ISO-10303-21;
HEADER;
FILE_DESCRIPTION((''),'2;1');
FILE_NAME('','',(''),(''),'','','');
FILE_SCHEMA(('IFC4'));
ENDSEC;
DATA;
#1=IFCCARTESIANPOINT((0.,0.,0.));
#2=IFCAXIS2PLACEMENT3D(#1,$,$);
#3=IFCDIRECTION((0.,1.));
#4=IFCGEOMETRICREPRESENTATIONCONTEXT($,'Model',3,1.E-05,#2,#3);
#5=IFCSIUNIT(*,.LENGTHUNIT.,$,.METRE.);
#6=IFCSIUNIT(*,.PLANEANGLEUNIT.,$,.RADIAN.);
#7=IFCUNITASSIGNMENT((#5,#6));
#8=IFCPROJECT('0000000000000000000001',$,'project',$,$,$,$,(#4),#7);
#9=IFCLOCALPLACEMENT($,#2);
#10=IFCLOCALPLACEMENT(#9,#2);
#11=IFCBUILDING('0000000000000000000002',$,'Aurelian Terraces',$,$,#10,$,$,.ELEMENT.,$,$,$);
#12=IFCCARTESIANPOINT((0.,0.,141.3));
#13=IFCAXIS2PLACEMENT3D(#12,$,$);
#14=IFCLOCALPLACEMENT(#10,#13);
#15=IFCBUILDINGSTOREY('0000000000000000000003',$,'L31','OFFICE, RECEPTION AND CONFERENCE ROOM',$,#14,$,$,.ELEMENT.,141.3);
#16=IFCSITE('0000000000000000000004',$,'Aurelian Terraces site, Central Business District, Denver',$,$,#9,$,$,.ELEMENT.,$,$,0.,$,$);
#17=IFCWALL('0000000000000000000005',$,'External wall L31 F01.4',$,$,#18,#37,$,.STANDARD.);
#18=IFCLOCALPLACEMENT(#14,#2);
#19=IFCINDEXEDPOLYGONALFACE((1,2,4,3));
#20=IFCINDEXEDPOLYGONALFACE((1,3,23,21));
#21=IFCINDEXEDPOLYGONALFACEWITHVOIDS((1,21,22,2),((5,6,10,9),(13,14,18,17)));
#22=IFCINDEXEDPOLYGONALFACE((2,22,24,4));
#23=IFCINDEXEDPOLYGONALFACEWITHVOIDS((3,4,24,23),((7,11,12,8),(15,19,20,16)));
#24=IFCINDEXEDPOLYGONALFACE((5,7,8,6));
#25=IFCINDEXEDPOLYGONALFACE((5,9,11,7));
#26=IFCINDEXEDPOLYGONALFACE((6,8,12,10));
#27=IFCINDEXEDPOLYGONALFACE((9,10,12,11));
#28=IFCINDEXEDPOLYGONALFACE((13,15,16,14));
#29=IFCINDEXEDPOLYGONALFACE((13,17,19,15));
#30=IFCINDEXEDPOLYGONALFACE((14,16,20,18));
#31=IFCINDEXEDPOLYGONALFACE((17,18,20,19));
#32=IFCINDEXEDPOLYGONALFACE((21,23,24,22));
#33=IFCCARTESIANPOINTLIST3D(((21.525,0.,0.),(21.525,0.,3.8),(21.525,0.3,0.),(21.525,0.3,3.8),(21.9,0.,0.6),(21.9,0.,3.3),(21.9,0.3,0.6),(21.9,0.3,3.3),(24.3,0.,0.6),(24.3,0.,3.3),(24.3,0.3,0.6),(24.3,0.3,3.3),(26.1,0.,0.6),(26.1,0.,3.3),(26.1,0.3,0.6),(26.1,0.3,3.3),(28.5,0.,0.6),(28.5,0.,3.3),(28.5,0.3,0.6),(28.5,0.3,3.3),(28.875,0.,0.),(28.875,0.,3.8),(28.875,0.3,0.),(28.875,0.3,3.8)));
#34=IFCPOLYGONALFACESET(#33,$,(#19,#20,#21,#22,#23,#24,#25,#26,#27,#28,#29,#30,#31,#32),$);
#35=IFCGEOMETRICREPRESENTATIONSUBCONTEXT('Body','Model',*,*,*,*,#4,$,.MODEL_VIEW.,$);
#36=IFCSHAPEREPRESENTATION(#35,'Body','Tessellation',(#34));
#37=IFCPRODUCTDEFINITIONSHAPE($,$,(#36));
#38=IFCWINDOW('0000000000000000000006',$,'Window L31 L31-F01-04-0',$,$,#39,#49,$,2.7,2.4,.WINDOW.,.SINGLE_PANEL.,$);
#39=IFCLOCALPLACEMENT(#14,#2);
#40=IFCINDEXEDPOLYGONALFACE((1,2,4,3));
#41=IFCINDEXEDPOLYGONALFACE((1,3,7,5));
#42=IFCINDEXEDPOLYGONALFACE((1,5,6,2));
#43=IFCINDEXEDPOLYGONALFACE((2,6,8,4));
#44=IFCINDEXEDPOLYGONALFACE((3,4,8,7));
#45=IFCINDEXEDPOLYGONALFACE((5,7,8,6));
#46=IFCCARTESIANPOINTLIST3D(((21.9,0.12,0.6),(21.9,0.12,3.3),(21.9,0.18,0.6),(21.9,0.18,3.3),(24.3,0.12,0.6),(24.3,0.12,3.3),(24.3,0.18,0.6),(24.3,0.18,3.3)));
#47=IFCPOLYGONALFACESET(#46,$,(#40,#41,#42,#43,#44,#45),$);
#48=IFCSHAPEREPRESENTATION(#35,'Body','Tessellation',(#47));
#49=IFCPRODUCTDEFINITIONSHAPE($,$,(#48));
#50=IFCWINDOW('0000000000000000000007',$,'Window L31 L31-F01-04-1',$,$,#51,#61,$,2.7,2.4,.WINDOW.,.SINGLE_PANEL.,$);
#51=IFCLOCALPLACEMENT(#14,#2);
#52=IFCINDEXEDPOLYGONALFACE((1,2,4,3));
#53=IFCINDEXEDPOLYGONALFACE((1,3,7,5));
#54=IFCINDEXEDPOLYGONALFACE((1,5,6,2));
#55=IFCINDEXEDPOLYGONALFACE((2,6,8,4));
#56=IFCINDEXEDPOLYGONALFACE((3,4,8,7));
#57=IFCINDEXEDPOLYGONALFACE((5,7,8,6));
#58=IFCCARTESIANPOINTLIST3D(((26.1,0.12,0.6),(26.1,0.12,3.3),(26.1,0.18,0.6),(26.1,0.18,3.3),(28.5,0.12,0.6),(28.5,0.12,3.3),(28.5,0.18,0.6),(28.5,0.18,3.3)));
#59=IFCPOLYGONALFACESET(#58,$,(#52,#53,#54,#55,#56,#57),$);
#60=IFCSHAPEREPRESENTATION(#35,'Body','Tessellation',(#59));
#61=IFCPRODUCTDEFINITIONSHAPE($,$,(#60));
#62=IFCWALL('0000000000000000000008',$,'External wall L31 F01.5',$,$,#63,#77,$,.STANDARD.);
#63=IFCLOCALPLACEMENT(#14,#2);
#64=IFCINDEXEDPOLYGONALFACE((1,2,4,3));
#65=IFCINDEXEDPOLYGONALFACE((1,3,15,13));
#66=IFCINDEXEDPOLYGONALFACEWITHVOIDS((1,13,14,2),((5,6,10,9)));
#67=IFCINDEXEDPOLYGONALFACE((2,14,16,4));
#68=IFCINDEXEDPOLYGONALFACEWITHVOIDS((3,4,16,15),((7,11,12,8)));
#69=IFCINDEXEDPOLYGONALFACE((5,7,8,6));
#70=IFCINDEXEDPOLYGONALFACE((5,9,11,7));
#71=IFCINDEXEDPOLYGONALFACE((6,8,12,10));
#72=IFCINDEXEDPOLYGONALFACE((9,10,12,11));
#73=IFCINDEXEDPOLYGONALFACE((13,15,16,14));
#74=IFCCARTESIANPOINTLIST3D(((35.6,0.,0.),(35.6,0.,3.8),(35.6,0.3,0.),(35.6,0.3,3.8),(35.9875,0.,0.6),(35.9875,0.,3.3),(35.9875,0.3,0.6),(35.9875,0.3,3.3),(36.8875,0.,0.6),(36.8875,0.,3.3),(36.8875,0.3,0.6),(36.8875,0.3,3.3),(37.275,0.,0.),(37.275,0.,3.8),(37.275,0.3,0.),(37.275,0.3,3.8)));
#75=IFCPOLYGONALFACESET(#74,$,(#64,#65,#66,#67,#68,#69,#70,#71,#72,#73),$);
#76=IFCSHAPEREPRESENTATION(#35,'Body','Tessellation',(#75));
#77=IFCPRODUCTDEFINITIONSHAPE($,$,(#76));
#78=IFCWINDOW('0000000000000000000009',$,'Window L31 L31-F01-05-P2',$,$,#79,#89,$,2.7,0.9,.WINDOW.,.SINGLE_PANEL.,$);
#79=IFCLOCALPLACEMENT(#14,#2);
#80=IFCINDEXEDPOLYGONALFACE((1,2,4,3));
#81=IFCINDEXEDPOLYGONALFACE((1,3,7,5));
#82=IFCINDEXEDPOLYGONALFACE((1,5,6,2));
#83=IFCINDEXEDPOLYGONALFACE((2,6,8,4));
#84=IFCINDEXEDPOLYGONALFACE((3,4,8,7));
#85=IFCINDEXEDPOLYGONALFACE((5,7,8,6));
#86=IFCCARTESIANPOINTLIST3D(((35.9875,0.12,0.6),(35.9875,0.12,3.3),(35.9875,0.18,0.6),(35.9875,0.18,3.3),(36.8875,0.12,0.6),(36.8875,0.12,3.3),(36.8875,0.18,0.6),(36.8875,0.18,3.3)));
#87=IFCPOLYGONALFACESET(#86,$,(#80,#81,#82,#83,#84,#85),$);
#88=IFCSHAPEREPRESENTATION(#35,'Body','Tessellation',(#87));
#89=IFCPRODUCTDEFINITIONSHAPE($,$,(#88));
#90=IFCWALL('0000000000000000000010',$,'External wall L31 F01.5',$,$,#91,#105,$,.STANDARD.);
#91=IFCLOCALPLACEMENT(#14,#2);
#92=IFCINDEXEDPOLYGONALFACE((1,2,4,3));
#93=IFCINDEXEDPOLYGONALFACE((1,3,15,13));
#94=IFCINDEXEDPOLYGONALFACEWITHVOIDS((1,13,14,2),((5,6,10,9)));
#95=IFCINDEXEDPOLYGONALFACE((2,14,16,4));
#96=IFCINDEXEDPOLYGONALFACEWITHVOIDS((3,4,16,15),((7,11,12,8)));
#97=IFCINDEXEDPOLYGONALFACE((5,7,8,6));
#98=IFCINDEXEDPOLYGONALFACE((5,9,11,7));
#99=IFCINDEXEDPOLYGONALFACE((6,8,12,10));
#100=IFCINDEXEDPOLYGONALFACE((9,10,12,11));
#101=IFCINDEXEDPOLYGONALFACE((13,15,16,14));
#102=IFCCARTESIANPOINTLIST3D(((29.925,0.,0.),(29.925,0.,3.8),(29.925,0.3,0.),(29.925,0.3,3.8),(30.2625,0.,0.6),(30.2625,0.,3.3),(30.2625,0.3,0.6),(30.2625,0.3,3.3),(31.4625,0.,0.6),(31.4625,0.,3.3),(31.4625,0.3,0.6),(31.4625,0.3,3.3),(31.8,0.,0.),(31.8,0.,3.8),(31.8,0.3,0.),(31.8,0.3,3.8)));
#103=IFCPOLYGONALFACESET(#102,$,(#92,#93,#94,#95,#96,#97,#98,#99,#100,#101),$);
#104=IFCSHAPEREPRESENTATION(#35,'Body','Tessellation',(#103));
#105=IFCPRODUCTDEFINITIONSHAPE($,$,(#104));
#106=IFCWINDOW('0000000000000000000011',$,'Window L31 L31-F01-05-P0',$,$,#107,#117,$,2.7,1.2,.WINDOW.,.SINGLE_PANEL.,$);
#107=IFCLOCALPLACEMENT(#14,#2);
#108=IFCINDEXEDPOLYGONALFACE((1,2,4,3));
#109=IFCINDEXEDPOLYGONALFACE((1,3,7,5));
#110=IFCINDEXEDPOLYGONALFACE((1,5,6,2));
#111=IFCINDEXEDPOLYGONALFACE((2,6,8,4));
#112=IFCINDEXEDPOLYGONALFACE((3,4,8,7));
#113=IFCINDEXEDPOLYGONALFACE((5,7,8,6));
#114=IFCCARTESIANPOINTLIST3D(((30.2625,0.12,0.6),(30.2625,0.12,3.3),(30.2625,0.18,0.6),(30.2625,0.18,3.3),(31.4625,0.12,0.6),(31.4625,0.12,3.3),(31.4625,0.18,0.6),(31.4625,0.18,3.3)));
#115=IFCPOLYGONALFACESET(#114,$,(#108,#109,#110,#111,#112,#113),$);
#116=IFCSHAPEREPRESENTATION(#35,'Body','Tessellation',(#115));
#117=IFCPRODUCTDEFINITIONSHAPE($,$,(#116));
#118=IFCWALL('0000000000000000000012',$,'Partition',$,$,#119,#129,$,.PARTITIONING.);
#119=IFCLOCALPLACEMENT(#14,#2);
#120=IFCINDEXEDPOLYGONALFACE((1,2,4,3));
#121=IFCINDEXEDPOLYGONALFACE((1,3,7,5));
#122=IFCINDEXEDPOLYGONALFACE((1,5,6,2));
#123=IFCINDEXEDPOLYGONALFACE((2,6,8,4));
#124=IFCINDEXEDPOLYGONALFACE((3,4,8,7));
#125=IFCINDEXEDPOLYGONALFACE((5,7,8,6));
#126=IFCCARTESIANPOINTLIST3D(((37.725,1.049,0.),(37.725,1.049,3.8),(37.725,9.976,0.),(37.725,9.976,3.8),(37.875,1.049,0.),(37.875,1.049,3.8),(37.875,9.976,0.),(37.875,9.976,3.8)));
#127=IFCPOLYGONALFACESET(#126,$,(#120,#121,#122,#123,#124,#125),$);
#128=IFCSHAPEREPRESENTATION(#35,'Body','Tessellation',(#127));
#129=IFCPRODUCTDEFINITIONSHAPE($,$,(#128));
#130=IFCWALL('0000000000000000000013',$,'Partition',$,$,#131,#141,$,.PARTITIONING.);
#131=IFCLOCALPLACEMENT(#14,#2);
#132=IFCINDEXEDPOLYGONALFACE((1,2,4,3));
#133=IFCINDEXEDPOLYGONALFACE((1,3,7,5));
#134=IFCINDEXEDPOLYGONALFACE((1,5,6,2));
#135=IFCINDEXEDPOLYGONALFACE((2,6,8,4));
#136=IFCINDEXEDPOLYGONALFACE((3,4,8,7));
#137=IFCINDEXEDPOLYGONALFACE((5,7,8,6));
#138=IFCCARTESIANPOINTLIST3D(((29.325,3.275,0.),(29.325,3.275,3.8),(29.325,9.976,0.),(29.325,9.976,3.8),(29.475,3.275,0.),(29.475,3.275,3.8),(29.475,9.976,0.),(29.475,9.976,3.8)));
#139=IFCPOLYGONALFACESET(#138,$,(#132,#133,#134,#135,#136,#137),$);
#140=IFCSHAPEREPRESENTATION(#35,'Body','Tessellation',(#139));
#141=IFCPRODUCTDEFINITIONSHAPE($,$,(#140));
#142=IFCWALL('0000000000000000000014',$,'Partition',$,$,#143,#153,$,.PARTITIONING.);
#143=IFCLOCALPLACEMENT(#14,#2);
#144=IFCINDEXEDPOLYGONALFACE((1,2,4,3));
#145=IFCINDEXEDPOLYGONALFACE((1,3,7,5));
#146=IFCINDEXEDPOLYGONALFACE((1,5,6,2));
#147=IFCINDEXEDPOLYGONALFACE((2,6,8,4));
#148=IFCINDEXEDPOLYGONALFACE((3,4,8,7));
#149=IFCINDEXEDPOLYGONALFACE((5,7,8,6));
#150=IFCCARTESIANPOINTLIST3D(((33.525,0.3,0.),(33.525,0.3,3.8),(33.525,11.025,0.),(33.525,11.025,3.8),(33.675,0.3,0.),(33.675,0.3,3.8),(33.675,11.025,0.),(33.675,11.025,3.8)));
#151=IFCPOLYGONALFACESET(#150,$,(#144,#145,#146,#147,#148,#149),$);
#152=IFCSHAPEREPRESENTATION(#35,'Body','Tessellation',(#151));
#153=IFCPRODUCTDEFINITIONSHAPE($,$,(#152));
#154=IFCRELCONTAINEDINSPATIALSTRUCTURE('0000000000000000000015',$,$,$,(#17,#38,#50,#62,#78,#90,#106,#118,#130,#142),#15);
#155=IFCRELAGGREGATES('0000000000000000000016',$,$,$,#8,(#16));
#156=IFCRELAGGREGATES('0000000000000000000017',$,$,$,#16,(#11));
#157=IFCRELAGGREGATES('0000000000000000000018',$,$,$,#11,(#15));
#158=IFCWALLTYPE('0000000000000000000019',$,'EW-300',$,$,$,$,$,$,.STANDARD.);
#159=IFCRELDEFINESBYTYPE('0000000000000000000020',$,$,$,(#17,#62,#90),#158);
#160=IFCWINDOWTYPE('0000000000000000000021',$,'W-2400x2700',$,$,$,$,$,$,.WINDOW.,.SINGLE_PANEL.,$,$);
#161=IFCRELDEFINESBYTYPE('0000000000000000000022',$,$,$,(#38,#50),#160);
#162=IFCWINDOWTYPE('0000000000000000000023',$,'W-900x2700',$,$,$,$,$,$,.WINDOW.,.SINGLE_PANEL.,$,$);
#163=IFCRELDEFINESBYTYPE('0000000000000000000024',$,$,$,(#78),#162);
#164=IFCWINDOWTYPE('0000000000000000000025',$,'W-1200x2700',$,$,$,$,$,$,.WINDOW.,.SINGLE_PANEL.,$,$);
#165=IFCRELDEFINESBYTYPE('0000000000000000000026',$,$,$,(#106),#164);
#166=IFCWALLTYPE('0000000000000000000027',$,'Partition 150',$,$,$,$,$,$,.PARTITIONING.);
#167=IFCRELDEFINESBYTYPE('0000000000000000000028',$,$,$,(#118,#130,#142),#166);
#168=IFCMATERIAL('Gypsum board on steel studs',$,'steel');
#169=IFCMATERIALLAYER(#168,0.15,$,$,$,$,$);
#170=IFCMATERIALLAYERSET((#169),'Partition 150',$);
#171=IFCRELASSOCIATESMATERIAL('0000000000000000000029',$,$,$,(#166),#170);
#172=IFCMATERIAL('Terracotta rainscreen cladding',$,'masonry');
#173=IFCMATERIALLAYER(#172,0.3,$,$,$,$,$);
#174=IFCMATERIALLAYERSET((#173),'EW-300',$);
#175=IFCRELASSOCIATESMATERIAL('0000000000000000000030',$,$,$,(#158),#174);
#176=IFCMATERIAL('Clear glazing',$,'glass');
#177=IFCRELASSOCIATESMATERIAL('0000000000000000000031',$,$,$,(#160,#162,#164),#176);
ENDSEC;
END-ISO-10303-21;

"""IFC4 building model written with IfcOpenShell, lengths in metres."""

from ifc_helpers import new_model, si_unit, direction, frame, frame_2d, origin, place, context, subcontext, project, spatial, rectangle, extrude, source, transform, mapped, material, layer, layer_set, type_object, element, fill, save


model = new_model("IFC4")

# Units and contexts
model_context = context("Model", 3, precision=1e-05, world=origin(), true_north=direction((0.0, 1.0)))
body_context = subcontext(model_context, "Body", "Model", "MODEL_VIEW")
ifc_project = project(units=[si_unit("LENGTHUNIT", "METRE"), si_unit("PLANEANGLEUNIT", "RADIAN")], contexts=[model_context])

# Site, building, storey
site_placement = place(None, origin())
site = spatial("IfcSite", under=ifc_project, at=site_placement, Name="Aurelian Terraces site, Central Business District, Denver", CompositionType="ELEMENT", RefElevation=0.0)
building_placement = place(site_placement, origin())
building = spatial("IfcBuilding", under=site, at=building_placement, Name="Aurelian Terraces", CompositionType="ELEMENT")
storey_placement = place(building_placement, frame((0.0, 0.0, 141.3)))
storey = spatial("IfcBuildingStorey", under=building, at=storey_placement, Name="L31", Description="OFFICE, RECEPTION AND CONFERENCE ROOM", CompositionType="ELEMENT", Elevation=141.3)

# Shared definitions
ifc_material_1 = material(Name="Gypsum board on steel studs", Category="steel")
ifc_layer_1 = layer(ifc_material_1, 0.15)
ifc_layer_set_1 = layer_set([ifc_layer_1], Name="Partition 150")
wall_type_1 = type_object("IfcWallType", Name="Partition 150", PredefinedType="PARTITIONING", material=ifc_layer_set_1)

# Wall, openings, windows
ifc_material_2 = material(Name="Terracotta rainscreen cladding", Category="masonry")
ifc_layer_2 = layer(ifc_material_2, 0.3)
ifc_layer_set_2 = layer_set([ifc_layer_2], Name="EW-300")
wall_type_2 = type_object("IfcWallType", Name="EW-300", PredefinedType="STANDARD", material=ifc_layer_set_2)
shared_shape_1 = source(origin(), body_context, "Body", "SweptSolid", [
    extrude(rectangle(XDim=7.35, YDim=0.3, at=frame_2d((3.675, 0.0))), origin(), (0.0, 0.0, 1.0), 3.8),
])
wall_1_placement = place(storey_placement, frame((21.525, 0.15, 0.0), z_axis=(0.0, 0.0, 1.0), x_axis=(1.0, 0.0, 0.0)))
wall_1 = element("IfcWall", 1, at=wall_1_placement, inside=storey, type_object=wall_type_2, Name="External wall L31 F01.4", PredefinedType="STANDARD", context=body_context, shape_type="MappedRepresentation", body=[
    mapped(shared_shape_1, transform((0.0, 0.0, 0.0), scale=1.0)),
])
shared_shape_2 = source(origin(), body_context, "Body", "SweptSolid", [
    extrude(rectangle(XDim=2.4, YDim=2.7, at=frame_2d((1.2, 1.35))), frame((0.0, 0.16, 0.0), z_axis=(0.0, -1.0, 0.0), x_axis=(1.0, 0.0, 0.0)), (0.0, 0.0, 1.0), 0.32),
])
opening_1_placement = place(wall_1_placement, frame((0.375, 0.0, 0.6)))
opening_1 = element("IfcOpeningElement", 2, at=opening_1_placement, cuts=wall_1, PredefinedType="OPENING", context=body_context, shape_type="MappedRepresentation", body=[
    mapped(shared_shape_2, transform((0.0, 0.0, 0.0), scale=1.0)),
])
opening_2_placement = place(wall_1_placement, frame((4.575, 0.0, 0.6)))
opening_2 = element("IfcOpeningElement", 3, at=opening_2_placement, cuts=wall_1, PredefinedType="OPENING", context=body_context, shape_type="MappedRepresentation", body=[
    mapped(shared_shape_2, transform((0.0, 0.0, 0.0), scale=1.0)),
])
ifc_material_3 = material(Name="Clear glazing", Category="glass")
window_type_1 = type_object("IfcWindowType", Name="W-2400x2700", PartitioningType="SINGLE_PANEL", PredefinedType="WINDOW", material=ifc_material_3)
shared_shape_3 = source(origin(), body_context, "Body", "SweptSolid", [
    extrude(rectangle(XDim=2.4, YDim=2.7, at=frame_2d((1.2, 1.35))), frame((0.0, 0.03, 0.0), z_axis=(0.0, -1.0, 0.0), x_axis=(1.0, 0.0, 0.0)), (0.0, 0.0, 1.0), 0.06),
])
window_1_placement = place(opening_1_placement, origin())
window_1 = element("IfcWindow", 4, at=window_1_placement, inside=storey, type_object=window_type_1, Name="Window L31 L31-F01-04-0", OverallHeight=2.7, OverallWidth=2.4, PartitioningType="SINGLE_PANEL", PredefinedType="WINDOW", context=body_context, shape_type="MappedRepresentation", body=[
    mapped(shared_shape_3, transform((0.0, 0.0, 0.0), scale=1.0)),
])
fill(opening_1, window_1)
window_2_placement = place(opening_2_placement, origin())
window_2 = element("IfcWindow", 5, at=window_2_placement, inside=storey, type_object=window_type_1, Name="Window L31 L31-F01-04-1", OverallHeight=2.7, OverallWidth=2.4, PartitioningType="SINGLE_PANEL", PredefinedType="WINDOW", context=body_context, shape_type="MappedRepresentation", body=[
    mapped(shared_shape_3, transform((0.0, 0.0, 0.0), scale=1.0)),
])
fill(opening_2, window_2)

# Walls, openings, windows
shared_shape_4 = source(origin(), body_context, "Body", "SweptSolid", [
    extrude(rectangle(XDim=1.675, YDim=0.3, at=frame_2d((0.8375, 0.0))), origin(), (0.0, 0.0, 1.0), 3.8),
])
wall_2_placement = place(storey_placement, frame((35.6, 0.15, 0.0), z_axis=(0.0, 0.0, 1.0), x_axis=(1.0, 0.0, 0.0)))
wall_2 = element("IfcWall", 6, at=wall_2_placement, inside=storey, type_object=wall_type_2, Name="External wall L31 F01.5", PredefinedType="STANDARD", context=body_context, shape_type="MappedRepresentation", body=[
    mapped(shared_shape_4, transform((0.0, 0.0, 0.0), scale=1.0)),
])
shared_shape_5 = source(origin(), body_context, "Body", "SweptSolid", [
    extrude(rectangle(XDim=0.9, YDim=2.7, at=frame_2d((0.45, 1.35))), frame((0.0, 0.16, 0.0), z_axis=(0.0, -1.0, 0.0), x_axis=(1.0, 0.0, 0.0)), (0.0, 0.0, 1.0), 0.32),
])
opening_3_placement = place(wall_2_placement, frame((0.3875, 0.0, 0.6)))
opening_3 = element("IfcOpeningElement", 7, at=opening_3_placement, cuts=wall_2, PredefinedType="OPENING", context=body_context, shape_type="MappedRepresentation", body=[
    mapped(shared_shape_5, transform((0.0, 0.0, 0.0), scale=1.0)),
])
window_type_2 = type_object("IfcWindowType", Name="W-900x2700", PartitioningType="SINGLE_PANEL", PredefinedType="WINDOW", material=ifc_material_3)
shared_shape_6 = source(origin(), body_context, "Body", "SweptSolid", [
    extrude(rectangle(XDim=0.9, YDim=2.7, at=frame_2d((0.45, 1.35))), frame((0.0, 0.03, 0.0), z_axis=(0.0, -1.0, 0.0), x_axis=(1.0, 0.0, 0.0)), (0.0, 0.0, 1.0), 0.06),
])
window_3_placement = place(opening_3_placement, origin())
window_3 = element("IfcWindow", 8, at=window_3_placement, inside=storey, type_object=window_type_2, Name="Window L31 L31-F01-05-P2", OverallHeight=2.7, OverallWidth=0.9, PartitioningType="SINGLE_PANEL", PredefinedType="WINDOW", context=body_context, shape_type="MappedRepresentation", body=[
    mapped(shared_shape_6, transform((0.0, 0.0, 0.0), scale=1.0)),
])
fill(opening_3, window_3)
shared_shape_7 = source(origin(), body_context, "Body", "SweptSolid", [
    extrude(rectangle(XDim=1.875, YDim=0.3, at=frame_2d((0.9375, 0.0))), origin(), (0.0, 0.0, 1.0), 3.8),
])
wall_3_placement = place(storey_placement, frame((29.925, 0.15, 0.0), z_axis=(0.0, 0.0, 1.0), x_axis=(1.0, 0.0, 0.0)))
wall_3 = element("IfcWall", 9, at=wall_3_placement, inside=storey, type_object=wall_type_2, Name="External wall L31 F01.5", PredefinedType="STANDARD", context=body_context, shape_type="MappedRepresentation", body=[
    mapped(shared_shape_7, transform((0.0, 0.0, 0.0), scale=1.0)),
])
shared_shape_8 = source(origin(), body_context, "Body", "SweptSolid", [
    extrude(rectangle(XDim=1.2, YDim=2.7, at=frame_2d((0.6, 1.35))), frame((0.0, 0.16, 0.0), z_axis=(0.0, -1.0, 0.0), x_axis=(1.0, 0.0, 0.0)), (0.0, 0.0, 1.0), 0.32),
])
opening_4_placement = place(wall_3_placement, frame((0.3375, 0.0, 0.6)))
opening_4 = element("IfcOpeningElement", 10, at=opening_4_placement, cuts=wall_3, PredefinedType="OPENING", context=body_context, shape_type="MappedRepresentation", body=[
    mapped(shared_shape_8, transform((0.0, 0.0, 0.0), scale=1.0)),
])
window_type_3 = type_object("IfcWindowType", Name="W-1200x2700", PartitioningType="SINGLE_PANEL", PredefinedType="WINDOW", material=ifc_material_3)
shared_shape_9 = source(origin(), body_context, "Body", "SweptSolid", [
    extrude(rectangle(XDim=1.2, YDim=2.7, at=frame_2d((0.6, 1.35))), frame((0.0, 0.03, 0.0), z_axis=(0.0, -1.0, 0.0), x_axis=(1.0, 0.0, 0.0)), (0.0, 0.0, 1.0), 0.06),
])
window_4_placement = place(opening_4_placement, origin())
window_4 = element("IfcWindow", 11, at=window_4_placement, inside=storey, type_object=window_type_3, Name="Window L31 L31-F01-05-P0", OverallHeight=2.7, OverallWidth=1.2, PartitioningType="SINGLE_PANEL", PredefinedType="WINDOW", context=body_context, shape_type="MappedRepresentation", body=[
    mapped(shared_shape_9, transform((0.0, 0.0, 0.0), scale=1.0)),
])
fill(opening_4, window_4)

# Walls
shared_shape_10 = source(origin(), body_context, "Body", "SweptSolid", [
    extrude(rectangle(XDim=8.927, YDim=0.15, at=frame_2d((4.4635, 0.0))), origin(), (0.0, 0.0, 1.0), 3.8),
])
wall_4_placement = place(storey_placement, frame((37.8, 1.049, 0.0), z_axis=(0.0, 0.0, 1.0), x_axis=(0.0, 1.0, 0.0)))
element("IfcWall", 12, at=wall_4_placement, inside=storey, type_object=wall_type_1, Name="Partition", PredefinedType="PARTITIONING", context=body_context, shape_type="MappedRepresentation", body=[
    mapped(shared_shape_10, transform((0.0, 0.0, 0.0), scale=1.0)),
])
shared_shape_11 = source(origin(), body_context, "Body", "SweptSolid", [
    extrude(rectangle(XDim=6.701, YDim=0.15, at=frame_2d((3.3505, 0.0))), origin(), (0.0, 0.0, 1.0), 3.8),
])
wall_5_placement = place(storey_placement, frame((29.4, 3.275, 0.0), z_axis=(0.0, 0.0, 1.0), x_axis=(0.0, 1.0, 0.0)))
element("IfcWall", 13, at=wall_5_placement, inside=storey, type_object=wall_type_1, Name="Partition", PredefinedType="PARTITIONING", context=body_context, shape_type="MappedRepresentation", body=[
    mapped(shared_shape_11, transform((0.0, 0.0, 0.0), scale=1.0)),
])
shared_shape_12 = source(origin(), body_context, "Body", "SweptSolid", [
    extrude(rectangle(XDim=10.725, YDim=0.15, at=frame_2d((5.3625, 0.0))), origin(), (0.0, 0.0, 1.0), 3.8),
])
wall_6_placement = place(storey_placement, frame((33.6, 0.3, 0.0), z_axis=(0.0, 0.0, 1.0), x_axis=(0.0, 1.0, 0.0)))
element("IfcWall", 14, at=wall_6_placement, inside=storey, type_object=wall_type_1, Name="Partition", PredefinedType="PARTITIONING", context=body_context, shape_type="MappedRepresentation", body=[
    mapped(shared_shape_12, transform((0.0, 0.0, 0.0), scale=1.0)),
])

save(model, "model.ifc")
